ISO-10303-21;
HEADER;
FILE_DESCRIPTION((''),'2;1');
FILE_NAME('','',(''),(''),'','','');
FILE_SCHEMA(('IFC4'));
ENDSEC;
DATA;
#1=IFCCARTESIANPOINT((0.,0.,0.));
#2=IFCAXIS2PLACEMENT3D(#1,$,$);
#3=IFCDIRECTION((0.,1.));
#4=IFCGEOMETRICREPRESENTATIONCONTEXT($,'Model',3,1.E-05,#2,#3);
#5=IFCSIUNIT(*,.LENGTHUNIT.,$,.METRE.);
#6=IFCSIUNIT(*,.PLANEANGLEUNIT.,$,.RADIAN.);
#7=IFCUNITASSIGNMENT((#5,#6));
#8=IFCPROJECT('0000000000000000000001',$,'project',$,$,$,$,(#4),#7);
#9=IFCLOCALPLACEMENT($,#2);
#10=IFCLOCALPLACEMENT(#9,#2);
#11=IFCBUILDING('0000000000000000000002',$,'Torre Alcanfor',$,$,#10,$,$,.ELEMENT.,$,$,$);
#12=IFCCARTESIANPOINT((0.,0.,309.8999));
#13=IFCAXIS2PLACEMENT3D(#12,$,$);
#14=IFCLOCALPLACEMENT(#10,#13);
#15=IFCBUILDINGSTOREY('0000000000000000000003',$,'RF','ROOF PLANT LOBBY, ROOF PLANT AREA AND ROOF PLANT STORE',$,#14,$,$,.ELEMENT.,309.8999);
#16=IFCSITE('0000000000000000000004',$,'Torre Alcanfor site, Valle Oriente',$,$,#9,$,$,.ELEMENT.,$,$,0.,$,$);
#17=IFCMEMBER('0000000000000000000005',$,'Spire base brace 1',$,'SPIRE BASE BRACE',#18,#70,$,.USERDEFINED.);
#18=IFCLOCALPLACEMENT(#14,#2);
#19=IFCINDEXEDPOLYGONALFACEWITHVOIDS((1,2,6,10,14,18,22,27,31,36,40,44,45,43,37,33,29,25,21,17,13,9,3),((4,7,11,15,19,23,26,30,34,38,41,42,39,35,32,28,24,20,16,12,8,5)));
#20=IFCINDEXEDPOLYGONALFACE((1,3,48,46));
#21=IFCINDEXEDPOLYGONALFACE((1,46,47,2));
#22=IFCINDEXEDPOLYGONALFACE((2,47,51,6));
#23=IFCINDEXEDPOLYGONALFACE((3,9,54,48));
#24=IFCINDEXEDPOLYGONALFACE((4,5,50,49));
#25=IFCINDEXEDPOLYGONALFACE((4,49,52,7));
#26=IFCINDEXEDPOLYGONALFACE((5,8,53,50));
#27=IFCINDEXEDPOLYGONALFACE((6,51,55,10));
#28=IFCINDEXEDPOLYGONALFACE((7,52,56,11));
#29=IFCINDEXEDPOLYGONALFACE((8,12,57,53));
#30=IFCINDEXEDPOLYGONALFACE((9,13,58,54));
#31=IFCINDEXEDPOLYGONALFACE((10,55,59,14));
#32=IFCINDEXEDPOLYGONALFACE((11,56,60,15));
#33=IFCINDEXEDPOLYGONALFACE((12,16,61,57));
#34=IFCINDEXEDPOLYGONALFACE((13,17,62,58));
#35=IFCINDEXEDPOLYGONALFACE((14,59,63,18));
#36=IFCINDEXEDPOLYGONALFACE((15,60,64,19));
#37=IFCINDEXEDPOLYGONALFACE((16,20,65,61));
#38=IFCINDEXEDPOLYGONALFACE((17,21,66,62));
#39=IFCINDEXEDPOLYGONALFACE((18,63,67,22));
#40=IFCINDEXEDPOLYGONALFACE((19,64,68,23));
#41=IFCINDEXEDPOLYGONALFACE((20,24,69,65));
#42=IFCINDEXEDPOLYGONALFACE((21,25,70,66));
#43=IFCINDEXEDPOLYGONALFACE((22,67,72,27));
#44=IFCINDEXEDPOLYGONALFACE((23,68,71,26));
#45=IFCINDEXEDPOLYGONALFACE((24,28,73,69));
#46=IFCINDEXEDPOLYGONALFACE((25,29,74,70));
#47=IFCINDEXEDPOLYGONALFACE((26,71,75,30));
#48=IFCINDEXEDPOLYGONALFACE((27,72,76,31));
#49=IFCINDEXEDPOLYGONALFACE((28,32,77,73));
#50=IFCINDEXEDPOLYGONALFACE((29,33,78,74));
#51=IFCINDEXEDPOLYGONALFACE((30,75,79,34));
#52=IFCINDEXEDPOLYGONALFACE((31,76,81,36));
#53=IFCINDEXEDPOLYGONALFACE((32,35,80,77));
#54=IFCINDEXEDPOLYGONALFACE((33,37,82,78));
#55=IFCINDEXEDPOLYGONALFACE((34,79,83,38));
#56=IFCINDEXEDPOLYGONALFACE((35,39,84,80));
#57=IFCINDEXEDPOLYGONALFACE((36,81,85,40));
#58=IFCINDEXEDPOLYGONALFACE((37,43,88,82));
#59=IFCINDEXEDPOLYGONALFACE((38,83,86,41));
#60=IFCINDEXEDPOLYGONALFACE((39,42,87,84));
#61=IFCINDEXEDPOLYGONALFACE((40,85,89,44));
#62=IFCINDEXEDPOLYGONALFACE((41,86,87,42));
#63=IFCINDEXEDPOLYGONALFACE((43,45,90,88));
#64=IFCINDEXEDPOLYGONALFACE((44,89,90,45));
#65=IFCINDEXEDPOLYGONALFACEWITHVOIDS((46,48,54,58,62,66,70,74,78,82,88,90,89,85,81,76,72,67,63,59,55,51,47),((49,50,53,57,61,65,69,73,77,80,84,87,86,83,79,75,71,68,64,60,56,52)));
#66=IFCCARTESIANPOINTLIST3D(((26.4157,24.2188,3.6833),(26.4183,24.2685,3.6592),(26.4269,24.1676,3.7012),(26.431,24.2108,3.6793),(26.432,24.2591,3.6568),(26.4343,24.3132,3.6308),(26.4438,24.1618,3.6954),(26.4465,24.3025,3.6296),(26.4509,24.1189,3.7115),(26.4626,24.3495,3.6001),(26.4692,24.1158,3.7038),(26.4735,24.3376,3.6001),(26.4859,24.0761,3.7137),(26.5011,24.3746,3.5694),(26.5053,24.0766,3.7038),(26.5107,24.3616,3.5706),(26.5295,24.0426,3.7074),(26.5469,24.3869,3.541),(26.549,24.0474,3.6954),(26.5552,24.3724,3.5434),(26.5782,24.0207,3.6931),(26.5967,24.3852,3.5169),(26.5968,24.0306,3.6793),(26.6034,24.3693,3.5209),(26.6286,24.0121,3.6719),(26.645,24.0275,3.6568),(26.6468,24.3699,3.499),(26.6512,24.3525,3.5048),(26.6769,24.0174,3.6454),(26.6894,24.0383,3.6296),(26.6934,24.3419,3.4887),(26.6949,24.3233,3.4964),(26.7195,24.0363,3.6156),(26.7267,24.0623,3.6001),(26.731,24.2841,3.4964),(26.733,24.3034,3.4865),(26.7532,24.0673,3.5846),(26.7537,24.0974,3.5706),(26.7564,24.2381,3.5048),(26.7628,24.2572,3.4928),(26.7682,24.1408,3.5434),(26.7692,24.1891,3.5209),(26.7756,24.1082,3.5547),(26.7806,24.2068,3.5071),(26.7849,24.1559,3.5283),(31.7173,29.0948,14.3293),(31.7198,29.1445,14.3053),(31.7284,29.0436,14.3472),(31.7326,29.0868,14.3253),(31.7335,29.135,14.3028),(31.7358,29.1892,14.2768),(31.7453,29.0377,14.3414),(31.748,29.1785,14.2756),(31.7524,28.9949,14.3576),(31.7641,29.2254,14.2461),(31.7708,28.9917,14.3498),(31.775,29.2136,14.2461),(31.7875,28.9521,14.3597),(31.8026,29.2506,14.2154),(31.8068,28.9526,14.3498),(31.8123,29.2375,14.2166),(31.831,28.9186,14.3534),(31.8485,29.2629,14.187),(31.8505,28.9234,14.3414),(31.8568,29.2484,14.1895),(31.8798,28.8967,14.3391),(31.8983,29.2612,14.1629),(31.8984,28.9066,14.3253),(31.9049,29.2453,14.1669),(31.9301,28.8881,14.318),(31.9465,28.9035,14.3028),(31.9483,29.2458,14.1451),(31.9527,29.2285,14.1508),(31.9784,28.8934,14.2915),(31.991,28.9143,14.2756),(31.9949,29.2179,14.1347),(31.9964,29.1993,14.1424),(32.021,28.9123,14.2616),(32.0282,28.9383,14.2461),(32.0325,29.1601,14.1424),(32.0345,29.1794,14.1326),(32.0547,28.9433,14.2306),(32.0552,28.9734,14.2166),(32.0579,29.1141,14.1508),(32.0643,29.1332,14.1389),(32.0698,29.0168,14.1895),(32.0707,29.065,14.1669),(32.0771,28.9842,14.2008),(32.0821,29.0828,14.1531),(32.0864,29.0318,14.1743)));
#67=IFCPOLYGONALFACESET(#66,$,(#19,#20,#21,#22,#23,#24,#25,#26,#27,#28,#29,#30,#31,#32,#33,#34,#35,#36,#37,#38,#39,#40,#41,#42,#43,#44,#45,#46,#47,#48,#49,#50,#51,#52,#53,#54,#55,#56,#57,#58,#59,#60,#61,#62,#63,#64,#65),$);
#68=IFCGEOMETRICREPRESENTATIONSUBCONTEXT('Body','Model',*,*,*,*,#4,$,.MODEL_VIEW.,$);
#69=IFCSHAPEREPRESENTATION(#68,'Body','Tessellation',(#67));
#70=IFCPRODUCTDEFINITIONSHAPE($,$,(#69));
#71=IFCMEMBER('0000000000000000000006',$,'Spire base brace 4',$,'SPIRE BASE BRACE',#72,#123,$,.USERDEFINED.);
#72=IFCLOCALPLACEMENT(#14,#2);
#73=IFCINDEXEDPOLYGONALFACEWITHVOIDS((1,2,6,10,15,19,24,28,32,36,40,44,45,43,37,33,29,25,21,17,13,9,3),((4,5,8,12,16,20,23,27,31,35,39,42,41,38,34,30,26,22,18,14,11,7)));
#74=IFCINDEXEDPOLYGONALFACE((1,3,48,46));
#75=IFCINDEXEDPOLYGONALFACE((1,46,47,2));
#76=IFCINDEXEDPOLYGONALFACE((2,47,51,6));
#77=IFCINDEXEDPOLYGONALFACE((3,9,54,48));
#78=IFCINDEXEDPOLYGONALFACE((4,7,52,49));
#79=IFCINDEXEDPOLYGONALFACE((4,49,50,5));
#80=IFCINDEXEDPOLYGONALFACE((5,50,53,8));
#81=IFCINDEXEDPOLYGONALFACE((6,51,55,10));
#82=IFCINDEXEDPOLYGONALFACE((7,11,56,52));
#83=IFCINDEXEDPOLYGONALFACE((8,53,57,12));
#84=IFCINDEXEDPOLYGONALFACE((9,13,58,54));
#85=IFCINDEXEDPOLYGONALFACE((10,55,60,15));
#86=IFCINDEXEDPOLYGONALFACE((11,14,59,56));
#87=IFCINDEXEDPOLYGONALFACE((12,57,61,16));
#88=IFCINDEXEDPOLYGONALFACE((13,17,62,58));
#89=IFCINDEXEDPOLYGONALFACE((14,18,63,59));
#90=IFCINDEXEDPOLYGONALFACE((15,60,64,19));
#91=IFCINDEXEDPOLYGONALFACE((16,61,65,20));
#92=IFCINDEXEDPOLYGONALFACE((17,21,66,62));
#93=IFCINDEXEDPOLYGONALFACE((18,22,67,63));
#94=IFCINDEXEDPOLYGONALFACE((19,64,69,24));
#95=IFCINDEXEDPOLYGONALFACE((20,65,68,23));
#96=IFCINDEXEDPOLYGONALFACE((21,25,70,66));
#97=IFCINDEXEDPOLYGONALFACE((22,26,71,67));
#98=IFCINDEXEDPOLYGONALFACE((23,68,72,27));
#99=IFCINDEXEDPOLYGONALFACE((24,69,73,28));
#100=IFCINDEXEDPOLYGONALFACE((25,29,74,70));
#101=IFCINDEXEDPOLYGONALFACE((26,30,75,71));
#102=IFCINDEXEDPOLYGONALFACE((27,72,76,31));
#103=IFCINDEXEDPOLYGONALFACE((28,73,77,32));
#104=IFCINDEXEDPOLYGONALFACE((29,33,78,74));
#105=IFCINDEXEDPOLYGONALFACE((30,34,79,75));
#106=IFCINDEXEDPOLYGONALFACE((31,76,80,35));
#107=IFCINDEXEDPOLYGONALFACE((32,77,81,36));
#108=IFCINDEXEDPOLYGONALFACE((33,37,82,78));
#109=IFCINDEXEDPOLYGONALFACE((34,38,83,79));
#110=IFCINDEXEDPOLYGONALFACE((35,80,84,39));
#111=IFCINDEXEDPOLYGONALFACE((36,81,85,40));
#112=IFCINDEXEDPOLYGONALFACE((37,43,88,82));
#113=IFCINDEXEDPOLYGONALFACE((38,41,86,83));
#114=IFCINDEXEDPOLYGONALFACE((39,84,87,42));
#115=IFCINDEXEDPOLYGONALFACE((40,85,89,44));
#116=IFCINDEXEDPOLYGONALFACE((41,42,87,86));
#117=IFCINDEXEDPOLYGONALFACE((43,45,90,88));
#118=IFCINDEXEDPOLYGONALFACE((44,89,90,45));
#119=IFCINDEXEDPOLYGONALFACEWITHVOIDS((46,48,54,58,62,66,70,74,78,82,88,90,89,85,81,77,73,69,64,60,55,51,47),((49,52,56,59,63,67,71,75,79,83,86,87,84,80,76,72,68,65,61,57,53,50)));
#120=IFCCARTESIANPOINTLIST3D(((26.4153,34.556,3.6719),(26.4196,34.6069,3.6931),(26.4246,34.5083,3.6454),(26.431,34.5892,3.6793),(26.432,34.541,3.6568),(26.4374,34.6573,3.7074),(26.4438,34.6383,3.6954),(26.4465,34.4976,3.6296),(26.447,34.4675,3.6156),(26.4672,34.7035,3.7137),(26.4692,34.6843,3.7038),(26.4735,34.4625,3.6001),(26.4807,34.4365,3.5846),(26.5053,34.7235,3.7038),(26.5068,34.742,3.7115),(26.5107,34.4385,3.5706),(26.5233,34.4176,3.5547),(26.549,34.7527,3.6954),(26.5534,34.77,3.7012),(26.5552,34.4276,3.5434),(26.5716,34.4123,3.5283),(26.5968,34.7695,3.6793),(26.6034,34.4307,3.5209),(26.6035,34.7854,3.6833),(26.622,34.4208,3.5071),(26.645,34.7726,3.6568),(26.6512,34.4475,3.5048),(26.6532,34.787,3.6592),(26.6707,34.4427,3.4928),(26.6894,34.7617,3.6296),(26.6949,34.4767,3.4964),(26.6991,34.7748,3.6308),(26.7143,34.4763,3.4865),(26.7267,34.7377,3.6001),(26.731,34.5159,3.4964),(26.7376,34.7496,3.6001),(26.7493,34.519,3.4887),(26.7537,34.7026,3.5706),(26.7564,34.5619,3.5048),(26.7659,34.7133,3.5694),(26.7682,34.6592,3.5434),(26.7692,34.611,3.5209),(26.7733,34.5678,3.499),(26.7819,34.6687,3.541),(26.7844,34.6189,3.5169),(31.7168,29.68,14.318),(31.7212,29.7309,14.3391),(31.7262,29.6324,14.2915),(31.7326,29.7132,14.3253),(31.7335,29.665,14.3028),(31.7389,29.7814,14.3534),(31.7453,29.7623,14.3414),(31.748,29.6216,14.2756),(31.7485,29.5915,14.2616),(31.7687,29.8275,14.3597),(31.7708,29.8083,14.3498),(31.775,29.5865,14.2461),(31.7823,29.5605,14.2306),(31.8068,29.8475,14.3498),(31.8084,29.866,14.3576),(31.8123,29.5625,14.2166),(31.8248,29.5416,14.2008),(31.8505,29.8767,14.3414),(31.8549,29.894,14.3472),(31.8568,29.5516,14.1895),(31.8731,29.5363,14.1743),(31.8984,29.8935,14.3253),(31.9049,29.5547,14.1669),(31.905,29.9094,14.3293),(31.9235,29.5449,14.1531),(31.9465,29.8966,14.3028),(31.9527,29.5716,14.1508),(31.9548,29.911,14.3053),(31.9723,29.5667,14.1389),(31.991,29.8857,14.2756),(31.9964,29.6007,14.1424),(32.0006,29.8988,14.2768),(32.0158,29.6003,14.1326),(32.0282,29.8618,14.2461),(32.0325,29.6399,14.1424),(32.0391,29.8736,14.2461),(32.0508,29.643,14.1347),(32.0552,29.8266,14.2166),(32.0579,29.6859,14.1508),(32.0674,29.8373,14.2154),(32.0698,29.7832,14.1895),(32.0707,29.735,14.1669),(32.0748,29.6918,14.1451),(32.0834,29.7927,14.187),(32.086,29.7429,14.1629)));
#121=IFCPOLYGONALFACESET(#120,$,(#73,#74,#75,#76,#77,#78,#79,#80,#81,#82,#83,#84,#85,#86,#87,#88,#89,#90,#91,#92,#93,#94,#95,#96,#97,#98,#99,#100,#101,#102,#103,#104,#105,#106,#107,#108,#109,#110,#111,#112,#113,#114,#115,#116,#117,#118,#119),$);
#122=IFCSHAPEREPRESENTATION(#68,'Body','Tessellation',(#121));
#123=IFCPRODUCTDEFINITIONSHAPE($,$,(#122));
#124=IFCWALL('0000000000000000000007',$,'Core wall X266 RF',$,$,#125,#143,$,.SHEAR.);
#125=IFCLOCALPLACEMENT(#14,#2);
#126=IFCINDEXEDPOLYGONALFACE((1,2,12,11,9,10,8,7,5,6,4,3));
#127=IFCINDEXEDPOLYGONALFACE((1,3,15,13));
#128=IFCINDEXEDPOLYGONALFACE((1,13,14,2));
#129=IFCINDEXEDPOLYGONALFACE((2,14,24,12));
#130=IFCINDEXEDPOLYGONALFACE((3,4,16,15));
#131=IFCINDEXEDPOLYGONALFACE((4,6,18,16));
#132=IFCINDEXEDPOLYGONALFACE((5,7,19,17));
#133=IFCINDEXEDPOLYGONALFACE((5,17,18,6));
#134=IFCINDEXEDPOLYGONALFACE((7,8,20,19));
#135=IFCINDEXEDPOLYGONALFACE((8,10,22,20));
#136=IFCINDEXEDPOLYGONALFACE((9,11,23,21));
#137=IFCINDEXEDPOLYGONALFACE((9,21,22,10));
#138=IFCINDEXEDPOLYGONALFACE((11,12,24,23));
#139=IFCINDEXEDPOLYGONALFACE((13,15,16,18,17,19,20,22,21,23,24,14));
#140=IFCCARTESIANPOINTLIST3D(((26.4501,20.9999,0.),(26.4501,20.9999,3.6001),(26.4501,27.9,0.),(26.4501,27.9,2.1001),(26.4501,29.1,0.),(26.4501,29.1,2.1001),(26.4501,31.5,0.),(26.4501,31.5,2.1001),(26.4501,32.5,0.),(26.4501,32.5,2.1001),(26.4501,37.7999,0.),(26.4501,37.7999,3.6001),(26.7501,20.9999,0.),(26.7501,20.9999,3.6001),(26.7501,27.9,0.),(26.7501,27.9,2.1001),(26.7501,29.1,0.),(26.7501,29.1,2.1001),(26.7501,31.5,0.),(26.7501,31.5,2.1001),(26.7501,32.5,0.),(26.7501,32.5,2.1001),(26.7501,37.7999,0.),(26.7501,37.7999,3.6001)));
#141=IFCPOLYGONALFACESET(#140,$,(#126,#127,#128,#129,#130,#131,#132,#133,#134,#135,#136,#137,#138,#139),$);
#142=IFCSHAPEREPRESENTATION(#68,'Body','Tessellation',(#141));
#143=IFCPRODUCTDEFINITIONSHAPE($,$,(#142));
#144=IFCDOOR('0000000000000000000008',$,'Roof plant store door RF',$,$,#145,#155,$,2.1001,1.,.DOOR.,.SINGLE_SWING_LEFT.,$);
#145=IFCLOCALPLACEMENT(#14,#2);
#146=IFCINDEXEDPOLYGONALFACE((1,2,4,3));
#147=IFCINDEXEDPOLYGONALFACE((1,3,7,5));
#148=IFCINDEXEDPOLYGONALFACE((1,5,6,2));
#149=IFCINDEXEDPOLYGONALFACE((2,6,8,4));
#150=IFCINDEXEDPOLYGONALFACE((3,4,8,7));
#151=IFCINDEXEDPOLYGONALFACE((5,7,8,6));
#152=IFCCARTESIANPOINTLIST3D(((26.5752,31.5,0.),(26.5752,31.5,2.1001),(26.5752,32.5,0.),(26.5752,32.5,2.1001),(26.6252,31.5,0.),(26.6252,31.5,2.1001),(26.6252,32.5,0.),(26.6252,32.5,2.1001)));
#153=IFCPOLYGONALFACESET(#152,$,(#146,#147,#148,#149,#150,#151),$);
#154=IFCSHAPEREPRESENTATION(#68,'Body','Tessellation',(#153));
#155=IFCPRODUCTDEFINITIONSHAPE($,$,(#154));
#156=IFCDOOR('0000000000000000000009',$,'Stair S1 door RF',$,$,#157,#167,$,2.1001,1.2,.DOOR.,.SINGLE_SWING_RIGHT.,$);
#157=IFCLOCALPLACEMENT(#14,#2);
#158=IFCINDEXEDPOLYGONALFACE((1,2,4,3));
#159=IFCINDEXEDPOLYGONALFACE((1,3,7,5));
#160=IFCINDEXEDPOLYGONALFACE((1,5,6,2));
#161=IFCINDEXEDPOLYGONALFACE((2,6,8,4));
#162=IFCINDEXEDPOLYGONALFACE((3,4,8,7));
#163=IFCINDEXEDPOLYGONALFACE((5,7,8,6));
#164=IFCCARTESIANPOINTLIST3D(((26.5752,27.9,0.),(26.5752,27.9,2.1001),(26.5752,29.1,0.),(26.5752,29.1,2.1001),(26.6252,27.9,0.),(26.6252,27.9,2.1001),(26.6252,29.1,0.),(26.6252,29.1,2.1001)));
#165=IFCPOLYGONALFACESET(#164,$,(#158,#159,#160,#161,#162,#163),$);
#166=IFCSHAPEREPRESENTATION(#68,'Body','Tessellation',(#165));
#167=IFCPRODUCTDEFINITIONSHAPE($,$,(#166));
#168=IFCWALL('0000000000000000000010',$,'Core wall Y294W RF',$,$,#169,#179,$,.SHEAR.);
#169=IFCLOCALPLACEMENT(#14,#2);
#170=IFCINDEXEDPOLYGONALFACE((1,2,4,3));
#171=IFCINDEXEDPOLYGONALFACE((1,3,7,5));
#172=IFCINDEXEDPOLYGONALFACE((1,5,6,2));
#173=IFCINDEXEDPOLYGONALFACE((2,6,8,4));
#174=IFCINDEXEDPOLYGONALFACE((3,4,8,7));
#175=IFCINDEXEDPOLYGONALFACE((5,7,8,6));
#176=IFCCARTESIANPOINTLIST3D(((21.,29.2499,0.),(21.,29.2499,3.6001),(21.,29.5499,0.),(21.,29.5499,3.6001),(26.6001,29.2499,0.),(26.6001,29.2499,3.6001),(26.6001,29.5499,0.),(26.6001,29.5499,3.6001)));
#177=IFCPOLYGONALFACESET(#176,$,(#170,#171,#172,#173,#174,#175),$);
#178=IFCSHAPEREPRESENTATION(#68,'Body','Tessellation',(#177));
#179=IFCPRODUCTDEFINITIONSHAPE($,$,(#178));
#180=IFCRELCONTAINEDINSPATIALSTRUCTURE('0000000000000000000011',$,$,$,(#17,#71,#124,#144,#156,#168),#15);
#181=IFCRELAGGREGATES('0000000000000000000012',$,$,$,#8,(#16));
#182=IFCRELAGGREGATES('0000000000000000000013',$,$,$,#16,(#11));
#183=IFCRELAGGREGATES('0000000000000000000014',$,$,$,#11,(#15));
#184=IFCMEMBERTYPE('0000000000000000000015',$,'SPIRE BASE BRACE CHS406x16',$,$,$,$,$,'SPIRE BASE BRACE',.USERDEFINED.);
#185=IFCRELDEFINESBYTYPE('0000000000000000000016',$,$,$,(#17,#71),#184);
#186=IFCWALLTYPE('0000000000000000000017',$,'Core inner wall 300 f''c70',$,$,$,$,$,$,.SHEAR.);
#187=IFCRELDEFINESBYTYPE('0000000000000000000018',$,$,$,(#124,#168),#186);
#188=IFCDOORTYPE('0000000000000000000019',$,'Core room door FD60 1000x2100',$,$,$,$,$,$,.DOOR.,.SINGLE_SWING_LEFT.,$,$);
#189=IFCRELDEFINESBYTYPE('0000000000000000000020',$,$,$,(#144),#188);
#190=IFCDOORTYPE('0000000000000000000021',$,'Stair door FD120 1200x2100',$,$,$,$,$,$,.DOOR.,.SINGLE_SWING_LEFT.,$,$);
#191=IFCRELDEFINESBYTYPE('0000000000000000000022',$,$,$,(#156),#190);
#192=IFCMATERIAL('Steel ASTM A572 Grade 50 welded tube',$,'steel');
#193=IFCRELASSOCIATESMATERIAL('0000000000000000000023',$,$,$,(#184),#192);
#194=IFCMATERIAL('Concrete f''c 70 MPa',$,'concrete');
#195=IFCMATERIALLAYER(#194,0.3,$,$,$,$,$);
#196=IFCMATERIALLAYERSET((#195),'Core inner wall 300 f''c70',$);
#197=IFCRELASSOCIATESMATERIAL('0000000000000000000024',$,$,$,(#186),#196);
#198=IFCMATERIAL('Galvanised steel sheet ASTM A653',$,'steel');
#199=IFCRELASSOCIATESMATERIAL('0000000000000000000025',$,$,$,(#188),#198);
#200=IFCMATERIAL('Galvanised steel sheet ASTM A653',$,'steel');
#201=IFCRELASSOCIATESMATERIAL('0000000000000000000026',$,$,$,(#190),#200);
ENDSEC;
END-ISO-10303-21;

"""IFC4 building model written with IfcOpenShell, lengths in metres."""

from ifc_helpers import new_model, si_unit, direction, frame, frame_2d, origin, origin_2d, place, context, subcontext, project, spatial, rectangle, hollow_circle, extrude, material, layer, layer_set, material_profile, profile_set, type_object, element, fill, save


model = new_model("IFC4")

# Units and contexts
model_context = context("Model", 3, precision=1e-05, world=origin(), true_north=direction((0.0, 1.0)))
body_context = subcontext(model_context, "Body", "Model", "MODEL_VIEW")
ifc_project = project(units=[si_unit("LENGTHUNIT", "METRE"), si_unit("PLANEANGLEUNIT", "RADIAN")], contexts=[model_context])

# Site, building, storey
site_placement = place(None, origin())
site = spatial("IfcSite", under=ifc_project, at=site_placement, Name="Torre Alcanfor site, Valle Oriente", CompositionType="ELEMENT", RefElevation=0.0)
building_placement = place(site_placement, origin())
building = spatial("IfcBuilding", under=site, at=building_placement, Name="Torre Alcanfor", CompositionType="ELEMENT")
storey_placement = place(building_placement, frame((0.0, 0.0, 309.8999)))
storey = spatial("IfcBuildingStorey", under=building, at=storey_placement, Name="RF", Description="ROOF PLANT LOBBY, ROOF PLANT AREA AND ROOF PLANT STORE", CompositionType="ELEMENT", Elevation=309.8999)

# Members
ifc_material_1 = material(Name="Steel ASTM A572 Grade 50 welded tube", Category="steel")
ifc_material_profile = material_profile(ifc_material_1, hollow_circle(Radius=0.2031, WallThickness=0.0161, at=origin_2d()), Name="CHS 406.4x16")
ifc_profile_set = profile_set([ifc_material_profile], Name="Steel ASTM A572 Grade 50 welded tube")
member_type = type_object("IfcMemberType", Name="SPIRE BASE BRACE CHS406x16", ElementType="SPIRE BASE BRACE", PredefinedType="USERDEFINED", material=ifc_profile_set)
for number, where, z_axis, x_axis, name in (
    (1, (26.6001, 24.2, 3.6001), (0.412449, 0.379343, 0.828242), (-0.67695, 0.736029, 0.0), "Spire base brace 1"),
    (2, (26.6001, 34.6001, 3.6001), (0.412449, -0.379343, 0.828242), (0.67695, 0.736029, 0.0), "Spire base brace 4"),
):
    element("IfcMember", number, at=place(storey_placement, frame(where, z_axis=z_axis, x_axis=x_axis)), inside=storey, type_object=member_type, Name=name, ObjectType="SPIRE BASE BRACE", PredefinedType="USERDEFINED", context=body_context, shape_type="SweptSolid", body=[
        extrude(hollow_circle(Radius=0.2031, WallThickness=0.0161, at=origin_2d()), origin(), (0.0, 0.0, 1.0), 12.8538),
    ])

# Wall, openings, doors
ifc_material_2 = material(Name="Concrete f'c 70 MPa", Category="concrete")
ifc_layer_1 = layer(ifc_material_2, 0.3)
ifc_layer_set_1 = layer_set([ifc_layer_1], Name="Core inner wall 300 f'c70")
wall_type_1 = type_object("IfcWallType", Name="Core inner wall 300 f'c70", PredefinedType="SHEAR", material=ifc_layer_set_1)
wall_1_placement = place(storey_placement, frame((26.6001, 21.0, 0.0), z_axis=(0.0, 0.0, 1.0), x_axis=(0.0, 1.0, 0.0)))
wall_1 = element("IfcWall", 3, at=wall_1_placement, inside=storey, type_object=wall_type_1, Name="Core wall X266 RF", PredefinedType="SHEAR", context=body_context, shape_type="SweptSolid", body=[
    extrude(rectangle(XDim=16.8, YDim=0.3, at=frame_2d((8.3999, 0.0))), origin(), (0.0, 0.0, 1.0), 3.6001),
])
opening_1_placement = place(wall_1_placement, frame((6.8999, 0.0, 0.0)))
opening_1 = element("IfcOpeningElement", 4, at=opening_1_placement, cuts=wall_1, PredefinedType="OPENING", context=body_context, shape_type="SweptSolid", body=[
    extrude(rectangle(XDim=1.2, YDim=2.1001, at=frame_2d((0.6001, 1.05))), frame((0.0, 0.1599, 0.0), z_axis=(0.0, -1.0, 0.0), x_axis=(1.0, 0.0, 0.0)), (0.0, 0.0, 1.0), 0.3201),
])
opening_2_placement = place(wall_1_placement, frame((10.5, 0.0, 0.0)))
opening_2 = element("IfcOpeningElement", 5, at=opening_2_placement, cuts=wall_1, PredefinedType="OPENING", context=body_context, shape_type="SweptSolid", body=[
    extrude(rectangle(XDim=1.0, YDim=2.1001, at=frame_2d((0.5, 1.05))), frame((0.0, 0.1599, 0.0), z_axis=(0.0, -1.0, 0.0), x_axis=(1.0, 0.0, 0.0)), (0.0, 0.0, 1.0), 0.3201),
])
ifc_material_3 = material(Name="Galvanised steel sheet ASTM A653", Category="steel")
door_type_1 = type_object("IfcDoorType", Name="Core room door FD60 1000x2100", OperationType="SINGLE_SWING_LEFT", PredefinedType="DOOR", material=ifc_material_3)
door_1_placement = place(opening_2_placement, origin())
door_1 = element("IfcDoor", 6, at=door_1_placement, inside=storey, type_object=door_type_1, Name="Roof plant store door RF", OperationType="SINGLE_SWING_LEFT", OverallHeight=2.1001, OverallWidth=1.0, PredefinedType="DOOR", context=body_context, shape_type="SweptSolid", body=[
    extrude(rectangle(XDim=1.0, YDim=2.1001, at=frame_2d((0.5, 1.05))), frame((0.0, 0.0249, 0.0), z_axis=(0.0, -1.0, 0.0), x_axis=(1.0, 0.0, 0.0)), (0.0, 0.0, 1.0), 0.05),
])
fill(opening_2, door_1)
ifc_material_4 = material(Name="Galvanised steel sheet ASTM A653", Category="steel")
door_type_2 = type_object("IfcDoorType", Name="Stair door FD120 1200x2100", OperationType="SINGLE_SWING_LEFT", PredefinedType="DOOR", material=ifc_material_4)
door_2_placement = place(opening_1_placement, origin())
door_2 = element("IfcDoor", 7, at=door_2_placement, inside=storey, type_object=door_type_2, Name="Stair S1 door RF", OperationType="SINGLE_SWING_RIGHT", OverallHeight=2.1001, OverallWidth=1.2, PredefinedType="DOOR", context=body_context, shape_type="SweptSolid", body=[
    extrude(rectangle(XDim=1.2, YDim=2.1001, at=frame_2d((0.6001, 1.05))), frame((0.0, 0.0249, 0.0), z_axis=(0.0, -1.0, 0.0), x_axis=(1.0, 0.0, 0.0)), (0.0, 0.0, 1.0), 0.05),
])
fill(opening_1, door_2)

# Wall
wall_2_placement = place(storey_placement, frame((21.0, 29.3999, 0.0), z_axis=(0.0, 0.0, 1.0), x_axis=(1.0, 0.0, 0.0)))
element("IfcWall", 8, at=wall_2_placement, inside=storey, type_object=wall_type_1, Name="Core wall Y294W RF", PredefinedType="SHEAR", context=body_context, shape_type="SweptSolid", body=[
    extrude(rectangle(XDim=5.6001, YDim=0.3, at=frame_2d((2.8, 0.0))), origin(), (0.0, 0.0, 1.0), 3.6001),
])

save(model, "model.ifc")
